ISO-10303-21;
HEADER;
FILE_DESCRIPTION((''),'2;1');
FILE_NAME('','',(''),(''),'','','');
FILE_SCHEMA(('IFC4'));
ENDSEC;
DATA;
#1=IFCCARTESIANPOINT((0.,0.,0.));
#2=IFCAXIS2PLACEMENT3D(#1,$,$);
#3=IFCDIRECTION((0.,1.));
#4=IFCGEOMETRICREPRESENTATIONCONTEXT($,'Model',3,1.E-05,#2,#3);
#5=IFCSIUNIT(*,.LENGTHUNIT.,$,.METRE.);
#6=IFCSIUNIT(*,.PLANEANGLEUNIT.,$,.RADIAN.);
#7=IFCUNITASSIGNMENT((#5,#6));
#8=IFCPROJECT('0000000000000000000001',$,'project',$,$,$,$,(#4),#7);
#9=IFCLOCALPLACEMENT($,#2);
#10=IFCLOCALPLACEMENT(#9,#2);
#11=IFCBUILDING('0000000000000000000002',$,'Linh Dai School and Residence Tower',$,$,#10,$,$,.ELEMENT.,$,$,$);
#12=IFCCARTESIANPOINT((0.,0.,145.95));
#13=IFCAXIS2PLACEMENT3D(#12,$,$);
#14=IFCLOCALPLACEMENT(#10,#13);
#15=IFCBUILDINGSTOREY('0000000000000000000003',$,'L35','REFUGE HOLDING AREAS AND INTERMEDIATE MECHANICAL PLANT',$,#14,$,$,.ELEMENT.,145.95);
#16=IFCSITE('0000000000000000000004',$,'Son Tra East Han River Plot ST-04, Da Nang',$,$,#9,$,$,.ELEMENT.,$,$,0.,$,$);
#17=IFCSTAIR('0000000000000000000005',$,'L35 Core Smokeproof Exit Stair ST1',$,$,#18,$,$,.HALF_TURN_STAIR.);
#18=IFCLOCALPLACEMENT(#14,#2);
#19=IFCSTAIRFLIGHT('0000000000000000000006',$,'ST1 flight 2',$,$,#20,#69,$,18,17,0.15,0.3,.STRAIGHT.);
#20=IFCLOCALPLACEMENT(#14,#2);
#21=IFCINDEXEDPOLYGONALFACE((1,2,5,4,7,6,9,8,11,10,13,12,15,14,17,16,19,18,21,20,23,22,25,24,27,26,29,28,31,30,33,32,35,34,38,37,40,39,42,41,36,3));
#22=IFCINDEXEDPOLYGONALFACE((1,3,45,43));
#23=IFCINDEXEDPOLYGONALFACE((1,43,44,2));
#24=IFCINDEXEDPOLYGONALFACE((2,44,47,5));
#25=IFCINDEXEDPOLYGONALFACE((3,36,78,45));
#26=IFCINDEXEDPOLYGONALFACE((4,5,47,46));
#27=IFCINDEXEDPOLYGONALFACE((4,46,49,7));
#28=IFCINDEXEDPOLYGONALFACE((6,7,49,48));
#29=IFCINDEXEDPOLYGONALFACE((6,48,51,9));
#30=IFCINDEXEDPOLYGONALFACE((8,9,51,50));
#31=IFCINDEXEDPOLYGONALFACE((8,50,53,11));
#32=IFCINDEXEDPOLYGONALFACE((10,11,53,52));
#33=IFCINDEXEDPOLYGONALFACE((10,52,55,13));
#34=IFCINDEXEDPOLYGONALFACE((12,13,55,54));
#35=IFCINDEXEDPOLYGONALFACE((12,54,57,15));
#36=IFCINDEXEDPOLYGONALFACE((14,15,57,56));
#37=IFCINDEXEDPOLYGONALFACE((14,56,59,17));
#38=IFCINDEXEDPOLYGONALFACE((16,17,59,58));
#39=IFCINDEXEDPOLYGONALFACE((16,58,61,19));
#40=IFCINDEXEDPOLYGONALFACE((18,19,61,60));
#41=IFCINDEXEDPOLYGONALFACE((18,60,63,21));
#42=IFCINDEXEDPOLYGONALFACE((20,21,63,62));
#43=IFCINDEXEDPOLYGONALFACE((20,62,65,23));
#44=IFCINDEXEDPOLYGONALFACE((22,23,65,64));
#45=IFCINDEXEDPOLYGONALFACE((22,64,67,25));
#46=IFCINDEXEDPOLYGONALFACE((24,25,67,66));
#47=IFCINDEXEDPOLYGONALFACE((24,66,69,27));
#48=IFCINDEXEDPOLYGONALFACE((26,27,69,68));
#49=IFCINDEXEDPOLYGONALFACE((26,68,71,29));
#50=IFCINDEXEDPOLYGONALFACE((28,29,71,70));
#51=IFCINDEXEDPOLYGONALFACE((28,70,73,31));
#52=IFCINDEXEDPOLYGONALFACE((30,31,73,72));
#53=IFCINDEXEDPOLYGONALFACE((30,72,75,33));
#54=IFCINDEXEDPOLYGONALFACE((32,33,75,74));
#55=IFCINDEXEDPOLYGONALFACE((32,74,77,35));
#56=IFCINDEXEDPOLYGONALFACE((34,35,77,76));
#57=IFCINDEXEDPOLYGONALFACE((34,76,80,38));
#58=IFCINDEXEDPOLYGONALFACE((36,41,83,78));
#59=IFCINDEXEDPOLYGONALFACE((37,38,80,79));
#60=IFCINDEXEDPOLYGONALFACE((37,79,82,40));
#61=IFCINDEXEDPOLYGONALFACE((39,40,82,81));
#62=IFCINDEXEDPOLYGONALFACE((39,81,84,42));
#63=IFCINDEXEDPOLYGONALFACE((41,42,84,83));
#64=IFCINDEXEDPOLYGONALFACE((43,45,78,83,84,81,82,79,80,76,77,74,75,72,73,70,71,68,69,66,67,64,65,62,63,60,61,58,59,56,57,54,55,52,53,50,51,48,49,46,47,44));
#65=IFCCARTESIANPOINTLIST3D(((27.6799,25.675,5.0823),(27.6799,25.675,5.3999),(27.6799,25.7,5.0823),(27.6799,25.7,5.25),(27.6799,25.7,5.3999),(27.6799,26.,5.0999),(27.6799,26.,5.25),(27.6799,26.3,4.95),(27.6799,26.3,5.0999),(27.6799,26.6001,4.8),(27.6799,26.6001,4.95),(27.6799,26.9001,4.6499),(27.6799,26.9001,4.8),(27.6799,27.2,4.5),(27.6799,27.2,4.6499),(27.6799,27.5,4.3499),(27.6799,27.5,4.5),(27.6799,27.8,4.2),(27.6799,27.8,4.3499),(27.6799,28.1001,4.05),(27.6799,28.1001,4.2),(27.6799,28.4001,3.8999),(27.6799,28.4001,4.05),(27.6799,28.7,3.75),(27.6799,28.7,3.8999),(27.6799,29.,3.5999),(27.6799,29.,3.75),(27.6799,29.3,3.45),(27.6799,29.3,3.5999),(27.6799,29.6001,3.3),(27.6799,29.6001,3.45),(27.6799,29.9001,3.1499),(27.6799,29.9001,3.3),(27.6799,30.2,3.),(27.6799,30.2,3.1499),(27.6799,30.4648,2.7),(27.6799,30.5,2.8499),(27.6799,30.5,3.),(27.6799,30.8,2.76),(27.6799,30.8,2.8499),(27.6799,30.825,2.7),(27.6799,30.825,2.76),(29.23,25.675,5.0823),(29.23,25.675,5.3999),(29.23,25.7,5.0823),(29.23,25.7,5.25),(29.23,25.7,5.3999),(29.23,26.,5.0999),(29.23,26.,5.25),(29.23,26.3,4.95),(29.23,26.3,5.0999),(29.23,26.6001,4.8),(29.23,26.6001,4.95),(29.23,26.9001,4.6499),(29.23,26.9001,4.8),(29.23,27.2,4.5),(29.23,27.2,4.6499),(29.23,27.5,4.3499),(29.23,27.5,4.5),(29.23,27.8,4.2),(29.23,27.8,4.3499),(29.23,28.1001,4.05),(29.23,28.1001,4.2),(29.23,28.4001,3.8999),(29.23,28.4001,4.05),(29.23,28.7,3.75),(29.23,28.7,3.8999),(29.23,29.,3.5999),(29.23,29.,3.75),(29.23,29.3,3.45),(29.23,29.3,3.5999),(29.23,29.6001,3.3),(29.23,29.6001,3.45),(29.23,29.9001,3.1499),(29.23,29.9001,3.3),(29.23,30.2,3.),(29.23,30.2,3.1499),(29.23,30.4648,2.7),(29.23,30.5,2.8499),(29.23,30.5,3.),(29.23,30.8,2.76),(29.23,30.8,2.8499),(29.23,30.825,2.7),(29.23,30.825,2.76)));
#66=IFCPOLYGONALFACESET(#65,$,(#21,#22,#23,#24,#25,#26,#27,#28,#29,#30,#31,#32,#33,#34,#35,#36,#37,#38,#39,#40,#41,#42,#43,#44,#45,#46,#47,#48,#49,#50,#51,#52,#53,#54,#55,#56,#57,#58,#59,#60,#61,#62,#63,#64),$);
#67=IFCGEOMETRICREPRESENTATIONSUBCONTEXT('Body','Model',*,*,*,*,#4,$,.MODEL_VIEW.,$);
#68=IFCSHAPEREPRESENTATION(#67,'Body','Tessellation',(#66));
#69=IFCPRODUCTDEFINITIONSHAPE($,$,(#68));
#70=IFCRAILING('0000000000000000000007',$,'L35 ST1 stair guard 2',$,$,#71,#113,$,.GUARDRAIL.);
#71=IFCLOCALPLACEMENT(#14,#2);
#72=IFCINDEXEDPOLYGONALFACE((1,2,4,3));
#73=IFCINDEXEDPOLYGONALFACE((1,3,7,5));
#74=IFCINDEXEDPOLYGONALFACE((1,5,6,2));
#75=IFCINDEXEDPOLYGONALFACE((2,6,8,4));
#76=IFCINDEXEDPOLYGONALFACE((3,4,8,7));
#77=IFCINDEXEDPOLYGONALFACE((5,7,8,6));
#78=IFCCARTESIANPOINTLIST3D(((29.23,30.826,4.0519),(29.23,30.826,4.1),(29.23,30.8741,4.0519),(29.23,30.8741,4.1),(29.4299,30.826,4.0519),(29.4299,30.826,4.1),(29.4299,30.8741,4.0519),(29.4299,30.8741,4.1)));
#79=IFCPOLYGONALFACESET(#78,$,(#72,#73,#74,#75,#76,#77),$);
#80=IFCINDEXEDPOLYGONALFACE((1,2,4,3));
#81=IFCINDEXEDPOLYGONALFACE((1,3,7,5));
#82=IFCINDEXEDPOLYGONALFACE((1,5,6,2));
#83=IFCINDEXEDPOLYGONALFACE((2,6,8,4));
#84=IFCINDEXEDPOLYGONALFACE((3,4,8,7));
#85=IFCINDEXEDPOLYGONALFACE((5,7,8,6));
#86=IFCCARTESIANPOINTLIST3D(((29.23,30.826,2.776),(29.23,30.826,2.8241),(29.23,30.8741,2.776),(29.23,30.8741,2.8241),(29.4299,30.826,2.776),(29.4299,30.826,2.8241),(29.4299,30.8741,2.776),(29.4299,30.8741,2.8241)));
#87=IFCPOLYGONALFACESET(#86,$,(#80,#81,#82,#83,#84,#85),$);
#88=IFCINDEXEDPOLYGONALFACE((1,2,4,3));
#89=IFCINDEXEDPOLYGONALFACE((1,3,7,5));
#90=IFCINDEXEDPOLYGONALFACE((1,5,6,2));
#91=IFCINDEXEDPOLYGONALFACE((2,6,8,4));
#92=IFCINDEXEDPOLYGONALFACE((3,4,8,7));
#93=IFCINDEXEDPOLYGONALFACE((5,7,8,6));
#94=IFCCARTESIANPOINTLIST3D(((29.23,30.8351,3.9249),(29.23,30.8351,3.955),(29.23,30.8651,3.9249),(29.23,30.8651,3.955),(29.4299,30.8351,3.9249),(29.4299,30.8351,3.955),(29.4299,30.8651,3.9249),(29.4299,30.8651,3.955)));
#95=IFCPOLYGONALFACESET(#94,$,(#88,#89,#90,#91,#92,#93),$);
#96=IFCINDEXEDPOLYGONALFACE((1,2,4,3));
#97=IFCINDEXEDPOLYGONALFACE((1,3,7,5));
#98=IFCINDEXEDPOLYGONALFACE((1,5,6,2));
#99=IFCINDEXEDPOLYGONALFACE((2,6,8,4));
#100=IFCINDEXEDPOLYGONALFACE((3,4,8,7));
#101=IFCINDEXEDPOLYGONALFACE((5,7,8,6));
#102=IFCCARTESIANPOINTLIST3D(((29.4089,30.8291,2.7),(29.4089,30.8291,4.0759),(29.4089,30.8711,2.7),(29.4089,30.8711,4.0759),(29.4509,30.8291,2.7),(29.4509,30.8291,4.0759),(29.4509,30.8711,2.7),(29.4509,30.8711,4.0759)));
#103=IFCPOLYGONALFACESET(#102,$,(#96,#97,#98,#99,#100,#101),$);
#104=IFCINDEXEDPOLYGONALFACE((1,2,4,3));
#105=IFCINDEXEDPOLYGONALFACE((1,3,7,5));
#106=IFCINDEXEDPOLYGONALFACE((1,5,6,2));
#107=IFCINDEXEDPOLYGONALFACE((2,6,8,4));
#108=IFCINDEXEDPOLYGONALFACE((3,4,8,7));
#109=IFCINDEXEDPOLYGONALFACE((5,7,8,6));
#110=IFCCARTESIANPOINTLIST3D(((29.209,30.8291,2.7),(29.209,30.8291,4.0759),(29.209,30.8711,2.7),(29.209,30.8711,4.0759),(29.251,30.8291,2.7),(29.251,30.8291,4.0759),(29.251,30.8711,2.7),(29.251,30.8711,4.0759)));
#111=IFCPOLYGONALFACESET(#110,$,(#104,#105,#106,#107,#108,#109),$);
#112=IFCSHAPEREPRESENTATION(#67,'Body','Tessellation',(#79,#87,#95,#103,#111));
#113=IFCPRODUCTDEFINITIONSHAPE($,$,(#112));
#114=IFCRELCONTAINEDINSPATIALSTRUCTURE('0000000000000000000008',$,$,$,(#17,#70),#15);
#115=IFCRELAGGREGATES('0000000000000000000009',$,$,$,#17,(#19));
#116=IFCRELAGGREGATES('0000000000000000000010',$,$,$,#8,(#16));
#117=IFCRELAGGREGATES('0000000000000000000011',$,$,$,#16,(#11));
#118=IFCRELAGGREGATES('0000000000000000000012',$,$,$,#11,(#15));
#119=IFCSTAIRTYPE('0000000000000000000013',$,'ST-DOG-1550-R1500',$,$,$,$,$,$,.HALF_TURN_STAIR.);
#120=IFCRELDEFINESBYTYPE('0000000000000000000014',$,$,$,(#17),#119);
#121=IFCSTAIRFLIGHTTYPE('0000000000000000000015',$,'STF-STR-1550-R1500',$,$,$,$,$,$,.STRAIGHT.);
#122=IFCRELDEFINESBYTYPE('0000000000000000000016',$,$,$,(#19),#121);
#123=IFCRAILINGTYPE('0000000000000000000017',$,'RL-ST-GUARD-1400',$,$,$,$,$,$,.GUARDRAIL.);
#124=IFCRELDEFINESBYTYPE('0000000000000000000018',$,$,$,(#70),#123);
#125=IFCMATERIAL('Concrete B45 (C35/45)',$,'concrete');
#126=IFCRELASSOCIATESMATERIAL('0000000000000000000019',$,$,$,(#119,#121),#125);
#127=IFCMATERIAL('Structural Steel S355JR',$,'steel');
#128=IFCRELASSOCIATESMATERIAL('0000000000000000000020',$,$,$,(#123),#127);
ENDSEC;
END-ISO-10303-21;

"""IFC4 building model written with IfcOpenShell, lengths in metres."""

from ifc_helpers import new_model, si_unit, direction, frame, origin, origin_2d, place, context, subcontext, project, spatial, polyline, rectangle, outline, extrude, source, transform, mapped, material, type_object, element, aggregate, save


model = new_model("IFC4")

# Units and contexts
model_context = context("Model", 3, precision=1e-05, world=origin(), true_north=direction((0.0, 1.0)))
body_context = subcontext(model_context, "Body", "Model", "MODEL_VIEW")
ifc_project = project(units=[si_unit("LENGTHUNIT", "METRE"), si_unit("PLANEANGLEUNIT", "RADIAN")], contexts=[model_context])

# Site, building, storey
site_placement = place(None, origin())
site = spatial("IfcSite", under=ifc_project, at=site_placement, Name="Son Tra East Han River Plot ST-04, Da Nang", CompositionType="ELEMENT", RefElevation=0.0)
building_placement = place(site_placement, origin())
building = spatial("IfcBuilding", under=site, at=building_placement, Name="Linh Dai School and Residence Tower", CompositionType="ELEMENT")
storey_placement = place(building_placement, frame((0.0, 0.0, 145.95)))
storey = spatial("IfcBuildingStorey", under=building, at=storey_placement, Name="L35", Description="REFUGE HOLDING AREAS AND INTERMEDIATE MECHANICAL PLANT", CompositionType="ELEMENT", Elevation=145.95)

# Shared definitions
ifc_material_1 = material(Name="Concrete B45 (C35/45)", Category="concrete")

# Stair, stair flight
stair_type = type_object("IfcStairType", Name="ST-DOG-1550-R1500", PredefinedType="HALF_TURN_STAIR", material=ifc_material_1)
stair_placement = place(storey_placement, origin())
stair = element("IfcStair", 1, at=stair_placement, inside=storey, type_object=stair_type, Name="L35 Core Smokeproof Exit Stair ST1", PredefinedType="HALF_TURN_STAIR")
stair_flight_type = type_object("IfcStairFlightType", Name="STF-STR-1550-R1500", PredefinedType="STRAIGHT", material=ifc_material_1)
shared_shape_1 = source(origin(), body_context, "Body", "SweptSolid", [
    extrude(outline(polyline([(-0.0249, 0.0), (-0.0249, 0.0601), (0.0, 0.0601), (0.0, 0.1499), (0.3, 0.1499), (0.3, 0.3), (0.6001, 0.3), (0.6001, 0.45), (0.8999, 0.45), (0.8999, 0.6001), (1.2, 0.6001), (1.2, 0.75), (1.5, 0.75), (1.5, 0.8999), (1.8, 0.8999), (1.8, 1.05), (2.1001, 1.05), (2.1001, 1.2), (2.3999, 1.2), (2.3999, 1.3501), (2.7, 1.3501), (2.7, 1.5), (3.0, 1.5), (3.0, 1.6499), (3.3, 1.6499), (3.3, 1.8), (3.6001, 1.8), (3.6001, 1.95), (3.8999, 1.95), (3.8999, 2.1001), (4.2, 2.1001), (4.2, 2.25), (4.5, 2.25), (4.5, 2.3999), (4.8, 2.3999), (4.8, 2.55), (5.1001, 2.55), (5.1001, 2.7), (5.125, 2.7), (5.125, 2.3823), (5.1001, 2.3823), (0.3352, 0.0), (-0.0249, 0.0)])), frame((0.0, 0.7749, 0.0), z_axis=(0.0, -1.0, 0.0), x_axis=(1.0, 0.0, 0.0)), (0.0, 0.0, 1.0), 1.55),
])
stair_flight_placement = place(storey_placement, frame((28.4551, 30.8, 2.7), z_axis=(0.0, 0.0, 1.0), x_axis=(0.0, -1.0, 0.0)))
stair_flight = element("IfcStairFlight", 2, at=stair_flight_placement, type_object=stair_flight_type, Name="ST1 flight 2", NumberOfRisers=18, NumberOfTreads=17, PredefinedType="STRAIGHT", RiserHeight=0.15, TreadLength=0.3, context=body_context, shape_type="MappedRepresentation", body=[
    mapped(shared_shape_1, transform((0.0, 0.0, 0.0), x_axis=(1.0, 0.0, 0.0), y_axis=(0.0, 1.0, 0.0), z_axis=(0.0, 0.0, 1.0), scale=1.0)),
])
aggregate(stair, [stair_flight])

# Railing
ifc_material_2 = material(Name="Structural Steel S355JR", Category="steel")
railing_type_1 = type_object("IfcRailingType", Name="RL-ST-GUARD-1400", PredefinedType="GUARDRAIL", material=ifc_material_2)
shared_shape_2 = source(origin(), body_context, "Body", "SweptSolid", [
    extrude(rectangle(XDim=0.0481, YDim=0.0481, at=origin_2d()), frame((0.0, 0.0, 1.376), z_axis=(-1.0, 0.0, 0.0), x_axis=(0.0, -1.0, 0.0)), (0.0, 0.0, 1.0), 0.2),
    extrude(rectangle(XDim=0.0481, YDim=0.0481, at=origin_2d()), frame((0.0, 0.0, 0.1001), z_axis=(-1.0, 0.0, 0.0), x_axis=(0.0, -1.0, 0.0)), (0.0, 0.0, 1.0), 0.2),
    extrude(rectangle(XDim=0.03, YDim=0.03, at=origin_2d()), frame((0.0, 0.0, 1.24), z_axis=(-1.0, 0.0, 0.0), x_axis=(0.0, -1.0, 0.0)), (0.0, 0.0, 1.0), 0.2),
    extrude(rectangle(XDim=0.042, YDim=0.042, at=origin_2d()), origin(), (0.0, 0.0, 1.0), 1.376),
    extrude(rectangle(XDim=0.042, YDim=0.042, at=origin_2d()), frame((-0.2, 0.0, 0.0)), (0.0, 0.0, 1.0), 1.376),
])
railing_1_placement = place(storey_placement, frame((29.4299, 30.8501, 2.7)))
element("IfcRailing", 3, at=railing_1_placement, inside=storey, type_object=railing_type_1, Name="L35 ST1 stair guard 2", PredefinedType="GUARDRAIL", context=body_context, shape_type="MappedRepresentation", body=[
    mapped(shared_shape_2, transform((0.0, 0.0, 0.0), x_axis=(1.0, 0.0, 0.0), y_axis=(0.0, 1.0, 0.0), z_axis=(0.0, 0.0, 1.0), scale=1.0)),
])

save(model, "model.ifc")
